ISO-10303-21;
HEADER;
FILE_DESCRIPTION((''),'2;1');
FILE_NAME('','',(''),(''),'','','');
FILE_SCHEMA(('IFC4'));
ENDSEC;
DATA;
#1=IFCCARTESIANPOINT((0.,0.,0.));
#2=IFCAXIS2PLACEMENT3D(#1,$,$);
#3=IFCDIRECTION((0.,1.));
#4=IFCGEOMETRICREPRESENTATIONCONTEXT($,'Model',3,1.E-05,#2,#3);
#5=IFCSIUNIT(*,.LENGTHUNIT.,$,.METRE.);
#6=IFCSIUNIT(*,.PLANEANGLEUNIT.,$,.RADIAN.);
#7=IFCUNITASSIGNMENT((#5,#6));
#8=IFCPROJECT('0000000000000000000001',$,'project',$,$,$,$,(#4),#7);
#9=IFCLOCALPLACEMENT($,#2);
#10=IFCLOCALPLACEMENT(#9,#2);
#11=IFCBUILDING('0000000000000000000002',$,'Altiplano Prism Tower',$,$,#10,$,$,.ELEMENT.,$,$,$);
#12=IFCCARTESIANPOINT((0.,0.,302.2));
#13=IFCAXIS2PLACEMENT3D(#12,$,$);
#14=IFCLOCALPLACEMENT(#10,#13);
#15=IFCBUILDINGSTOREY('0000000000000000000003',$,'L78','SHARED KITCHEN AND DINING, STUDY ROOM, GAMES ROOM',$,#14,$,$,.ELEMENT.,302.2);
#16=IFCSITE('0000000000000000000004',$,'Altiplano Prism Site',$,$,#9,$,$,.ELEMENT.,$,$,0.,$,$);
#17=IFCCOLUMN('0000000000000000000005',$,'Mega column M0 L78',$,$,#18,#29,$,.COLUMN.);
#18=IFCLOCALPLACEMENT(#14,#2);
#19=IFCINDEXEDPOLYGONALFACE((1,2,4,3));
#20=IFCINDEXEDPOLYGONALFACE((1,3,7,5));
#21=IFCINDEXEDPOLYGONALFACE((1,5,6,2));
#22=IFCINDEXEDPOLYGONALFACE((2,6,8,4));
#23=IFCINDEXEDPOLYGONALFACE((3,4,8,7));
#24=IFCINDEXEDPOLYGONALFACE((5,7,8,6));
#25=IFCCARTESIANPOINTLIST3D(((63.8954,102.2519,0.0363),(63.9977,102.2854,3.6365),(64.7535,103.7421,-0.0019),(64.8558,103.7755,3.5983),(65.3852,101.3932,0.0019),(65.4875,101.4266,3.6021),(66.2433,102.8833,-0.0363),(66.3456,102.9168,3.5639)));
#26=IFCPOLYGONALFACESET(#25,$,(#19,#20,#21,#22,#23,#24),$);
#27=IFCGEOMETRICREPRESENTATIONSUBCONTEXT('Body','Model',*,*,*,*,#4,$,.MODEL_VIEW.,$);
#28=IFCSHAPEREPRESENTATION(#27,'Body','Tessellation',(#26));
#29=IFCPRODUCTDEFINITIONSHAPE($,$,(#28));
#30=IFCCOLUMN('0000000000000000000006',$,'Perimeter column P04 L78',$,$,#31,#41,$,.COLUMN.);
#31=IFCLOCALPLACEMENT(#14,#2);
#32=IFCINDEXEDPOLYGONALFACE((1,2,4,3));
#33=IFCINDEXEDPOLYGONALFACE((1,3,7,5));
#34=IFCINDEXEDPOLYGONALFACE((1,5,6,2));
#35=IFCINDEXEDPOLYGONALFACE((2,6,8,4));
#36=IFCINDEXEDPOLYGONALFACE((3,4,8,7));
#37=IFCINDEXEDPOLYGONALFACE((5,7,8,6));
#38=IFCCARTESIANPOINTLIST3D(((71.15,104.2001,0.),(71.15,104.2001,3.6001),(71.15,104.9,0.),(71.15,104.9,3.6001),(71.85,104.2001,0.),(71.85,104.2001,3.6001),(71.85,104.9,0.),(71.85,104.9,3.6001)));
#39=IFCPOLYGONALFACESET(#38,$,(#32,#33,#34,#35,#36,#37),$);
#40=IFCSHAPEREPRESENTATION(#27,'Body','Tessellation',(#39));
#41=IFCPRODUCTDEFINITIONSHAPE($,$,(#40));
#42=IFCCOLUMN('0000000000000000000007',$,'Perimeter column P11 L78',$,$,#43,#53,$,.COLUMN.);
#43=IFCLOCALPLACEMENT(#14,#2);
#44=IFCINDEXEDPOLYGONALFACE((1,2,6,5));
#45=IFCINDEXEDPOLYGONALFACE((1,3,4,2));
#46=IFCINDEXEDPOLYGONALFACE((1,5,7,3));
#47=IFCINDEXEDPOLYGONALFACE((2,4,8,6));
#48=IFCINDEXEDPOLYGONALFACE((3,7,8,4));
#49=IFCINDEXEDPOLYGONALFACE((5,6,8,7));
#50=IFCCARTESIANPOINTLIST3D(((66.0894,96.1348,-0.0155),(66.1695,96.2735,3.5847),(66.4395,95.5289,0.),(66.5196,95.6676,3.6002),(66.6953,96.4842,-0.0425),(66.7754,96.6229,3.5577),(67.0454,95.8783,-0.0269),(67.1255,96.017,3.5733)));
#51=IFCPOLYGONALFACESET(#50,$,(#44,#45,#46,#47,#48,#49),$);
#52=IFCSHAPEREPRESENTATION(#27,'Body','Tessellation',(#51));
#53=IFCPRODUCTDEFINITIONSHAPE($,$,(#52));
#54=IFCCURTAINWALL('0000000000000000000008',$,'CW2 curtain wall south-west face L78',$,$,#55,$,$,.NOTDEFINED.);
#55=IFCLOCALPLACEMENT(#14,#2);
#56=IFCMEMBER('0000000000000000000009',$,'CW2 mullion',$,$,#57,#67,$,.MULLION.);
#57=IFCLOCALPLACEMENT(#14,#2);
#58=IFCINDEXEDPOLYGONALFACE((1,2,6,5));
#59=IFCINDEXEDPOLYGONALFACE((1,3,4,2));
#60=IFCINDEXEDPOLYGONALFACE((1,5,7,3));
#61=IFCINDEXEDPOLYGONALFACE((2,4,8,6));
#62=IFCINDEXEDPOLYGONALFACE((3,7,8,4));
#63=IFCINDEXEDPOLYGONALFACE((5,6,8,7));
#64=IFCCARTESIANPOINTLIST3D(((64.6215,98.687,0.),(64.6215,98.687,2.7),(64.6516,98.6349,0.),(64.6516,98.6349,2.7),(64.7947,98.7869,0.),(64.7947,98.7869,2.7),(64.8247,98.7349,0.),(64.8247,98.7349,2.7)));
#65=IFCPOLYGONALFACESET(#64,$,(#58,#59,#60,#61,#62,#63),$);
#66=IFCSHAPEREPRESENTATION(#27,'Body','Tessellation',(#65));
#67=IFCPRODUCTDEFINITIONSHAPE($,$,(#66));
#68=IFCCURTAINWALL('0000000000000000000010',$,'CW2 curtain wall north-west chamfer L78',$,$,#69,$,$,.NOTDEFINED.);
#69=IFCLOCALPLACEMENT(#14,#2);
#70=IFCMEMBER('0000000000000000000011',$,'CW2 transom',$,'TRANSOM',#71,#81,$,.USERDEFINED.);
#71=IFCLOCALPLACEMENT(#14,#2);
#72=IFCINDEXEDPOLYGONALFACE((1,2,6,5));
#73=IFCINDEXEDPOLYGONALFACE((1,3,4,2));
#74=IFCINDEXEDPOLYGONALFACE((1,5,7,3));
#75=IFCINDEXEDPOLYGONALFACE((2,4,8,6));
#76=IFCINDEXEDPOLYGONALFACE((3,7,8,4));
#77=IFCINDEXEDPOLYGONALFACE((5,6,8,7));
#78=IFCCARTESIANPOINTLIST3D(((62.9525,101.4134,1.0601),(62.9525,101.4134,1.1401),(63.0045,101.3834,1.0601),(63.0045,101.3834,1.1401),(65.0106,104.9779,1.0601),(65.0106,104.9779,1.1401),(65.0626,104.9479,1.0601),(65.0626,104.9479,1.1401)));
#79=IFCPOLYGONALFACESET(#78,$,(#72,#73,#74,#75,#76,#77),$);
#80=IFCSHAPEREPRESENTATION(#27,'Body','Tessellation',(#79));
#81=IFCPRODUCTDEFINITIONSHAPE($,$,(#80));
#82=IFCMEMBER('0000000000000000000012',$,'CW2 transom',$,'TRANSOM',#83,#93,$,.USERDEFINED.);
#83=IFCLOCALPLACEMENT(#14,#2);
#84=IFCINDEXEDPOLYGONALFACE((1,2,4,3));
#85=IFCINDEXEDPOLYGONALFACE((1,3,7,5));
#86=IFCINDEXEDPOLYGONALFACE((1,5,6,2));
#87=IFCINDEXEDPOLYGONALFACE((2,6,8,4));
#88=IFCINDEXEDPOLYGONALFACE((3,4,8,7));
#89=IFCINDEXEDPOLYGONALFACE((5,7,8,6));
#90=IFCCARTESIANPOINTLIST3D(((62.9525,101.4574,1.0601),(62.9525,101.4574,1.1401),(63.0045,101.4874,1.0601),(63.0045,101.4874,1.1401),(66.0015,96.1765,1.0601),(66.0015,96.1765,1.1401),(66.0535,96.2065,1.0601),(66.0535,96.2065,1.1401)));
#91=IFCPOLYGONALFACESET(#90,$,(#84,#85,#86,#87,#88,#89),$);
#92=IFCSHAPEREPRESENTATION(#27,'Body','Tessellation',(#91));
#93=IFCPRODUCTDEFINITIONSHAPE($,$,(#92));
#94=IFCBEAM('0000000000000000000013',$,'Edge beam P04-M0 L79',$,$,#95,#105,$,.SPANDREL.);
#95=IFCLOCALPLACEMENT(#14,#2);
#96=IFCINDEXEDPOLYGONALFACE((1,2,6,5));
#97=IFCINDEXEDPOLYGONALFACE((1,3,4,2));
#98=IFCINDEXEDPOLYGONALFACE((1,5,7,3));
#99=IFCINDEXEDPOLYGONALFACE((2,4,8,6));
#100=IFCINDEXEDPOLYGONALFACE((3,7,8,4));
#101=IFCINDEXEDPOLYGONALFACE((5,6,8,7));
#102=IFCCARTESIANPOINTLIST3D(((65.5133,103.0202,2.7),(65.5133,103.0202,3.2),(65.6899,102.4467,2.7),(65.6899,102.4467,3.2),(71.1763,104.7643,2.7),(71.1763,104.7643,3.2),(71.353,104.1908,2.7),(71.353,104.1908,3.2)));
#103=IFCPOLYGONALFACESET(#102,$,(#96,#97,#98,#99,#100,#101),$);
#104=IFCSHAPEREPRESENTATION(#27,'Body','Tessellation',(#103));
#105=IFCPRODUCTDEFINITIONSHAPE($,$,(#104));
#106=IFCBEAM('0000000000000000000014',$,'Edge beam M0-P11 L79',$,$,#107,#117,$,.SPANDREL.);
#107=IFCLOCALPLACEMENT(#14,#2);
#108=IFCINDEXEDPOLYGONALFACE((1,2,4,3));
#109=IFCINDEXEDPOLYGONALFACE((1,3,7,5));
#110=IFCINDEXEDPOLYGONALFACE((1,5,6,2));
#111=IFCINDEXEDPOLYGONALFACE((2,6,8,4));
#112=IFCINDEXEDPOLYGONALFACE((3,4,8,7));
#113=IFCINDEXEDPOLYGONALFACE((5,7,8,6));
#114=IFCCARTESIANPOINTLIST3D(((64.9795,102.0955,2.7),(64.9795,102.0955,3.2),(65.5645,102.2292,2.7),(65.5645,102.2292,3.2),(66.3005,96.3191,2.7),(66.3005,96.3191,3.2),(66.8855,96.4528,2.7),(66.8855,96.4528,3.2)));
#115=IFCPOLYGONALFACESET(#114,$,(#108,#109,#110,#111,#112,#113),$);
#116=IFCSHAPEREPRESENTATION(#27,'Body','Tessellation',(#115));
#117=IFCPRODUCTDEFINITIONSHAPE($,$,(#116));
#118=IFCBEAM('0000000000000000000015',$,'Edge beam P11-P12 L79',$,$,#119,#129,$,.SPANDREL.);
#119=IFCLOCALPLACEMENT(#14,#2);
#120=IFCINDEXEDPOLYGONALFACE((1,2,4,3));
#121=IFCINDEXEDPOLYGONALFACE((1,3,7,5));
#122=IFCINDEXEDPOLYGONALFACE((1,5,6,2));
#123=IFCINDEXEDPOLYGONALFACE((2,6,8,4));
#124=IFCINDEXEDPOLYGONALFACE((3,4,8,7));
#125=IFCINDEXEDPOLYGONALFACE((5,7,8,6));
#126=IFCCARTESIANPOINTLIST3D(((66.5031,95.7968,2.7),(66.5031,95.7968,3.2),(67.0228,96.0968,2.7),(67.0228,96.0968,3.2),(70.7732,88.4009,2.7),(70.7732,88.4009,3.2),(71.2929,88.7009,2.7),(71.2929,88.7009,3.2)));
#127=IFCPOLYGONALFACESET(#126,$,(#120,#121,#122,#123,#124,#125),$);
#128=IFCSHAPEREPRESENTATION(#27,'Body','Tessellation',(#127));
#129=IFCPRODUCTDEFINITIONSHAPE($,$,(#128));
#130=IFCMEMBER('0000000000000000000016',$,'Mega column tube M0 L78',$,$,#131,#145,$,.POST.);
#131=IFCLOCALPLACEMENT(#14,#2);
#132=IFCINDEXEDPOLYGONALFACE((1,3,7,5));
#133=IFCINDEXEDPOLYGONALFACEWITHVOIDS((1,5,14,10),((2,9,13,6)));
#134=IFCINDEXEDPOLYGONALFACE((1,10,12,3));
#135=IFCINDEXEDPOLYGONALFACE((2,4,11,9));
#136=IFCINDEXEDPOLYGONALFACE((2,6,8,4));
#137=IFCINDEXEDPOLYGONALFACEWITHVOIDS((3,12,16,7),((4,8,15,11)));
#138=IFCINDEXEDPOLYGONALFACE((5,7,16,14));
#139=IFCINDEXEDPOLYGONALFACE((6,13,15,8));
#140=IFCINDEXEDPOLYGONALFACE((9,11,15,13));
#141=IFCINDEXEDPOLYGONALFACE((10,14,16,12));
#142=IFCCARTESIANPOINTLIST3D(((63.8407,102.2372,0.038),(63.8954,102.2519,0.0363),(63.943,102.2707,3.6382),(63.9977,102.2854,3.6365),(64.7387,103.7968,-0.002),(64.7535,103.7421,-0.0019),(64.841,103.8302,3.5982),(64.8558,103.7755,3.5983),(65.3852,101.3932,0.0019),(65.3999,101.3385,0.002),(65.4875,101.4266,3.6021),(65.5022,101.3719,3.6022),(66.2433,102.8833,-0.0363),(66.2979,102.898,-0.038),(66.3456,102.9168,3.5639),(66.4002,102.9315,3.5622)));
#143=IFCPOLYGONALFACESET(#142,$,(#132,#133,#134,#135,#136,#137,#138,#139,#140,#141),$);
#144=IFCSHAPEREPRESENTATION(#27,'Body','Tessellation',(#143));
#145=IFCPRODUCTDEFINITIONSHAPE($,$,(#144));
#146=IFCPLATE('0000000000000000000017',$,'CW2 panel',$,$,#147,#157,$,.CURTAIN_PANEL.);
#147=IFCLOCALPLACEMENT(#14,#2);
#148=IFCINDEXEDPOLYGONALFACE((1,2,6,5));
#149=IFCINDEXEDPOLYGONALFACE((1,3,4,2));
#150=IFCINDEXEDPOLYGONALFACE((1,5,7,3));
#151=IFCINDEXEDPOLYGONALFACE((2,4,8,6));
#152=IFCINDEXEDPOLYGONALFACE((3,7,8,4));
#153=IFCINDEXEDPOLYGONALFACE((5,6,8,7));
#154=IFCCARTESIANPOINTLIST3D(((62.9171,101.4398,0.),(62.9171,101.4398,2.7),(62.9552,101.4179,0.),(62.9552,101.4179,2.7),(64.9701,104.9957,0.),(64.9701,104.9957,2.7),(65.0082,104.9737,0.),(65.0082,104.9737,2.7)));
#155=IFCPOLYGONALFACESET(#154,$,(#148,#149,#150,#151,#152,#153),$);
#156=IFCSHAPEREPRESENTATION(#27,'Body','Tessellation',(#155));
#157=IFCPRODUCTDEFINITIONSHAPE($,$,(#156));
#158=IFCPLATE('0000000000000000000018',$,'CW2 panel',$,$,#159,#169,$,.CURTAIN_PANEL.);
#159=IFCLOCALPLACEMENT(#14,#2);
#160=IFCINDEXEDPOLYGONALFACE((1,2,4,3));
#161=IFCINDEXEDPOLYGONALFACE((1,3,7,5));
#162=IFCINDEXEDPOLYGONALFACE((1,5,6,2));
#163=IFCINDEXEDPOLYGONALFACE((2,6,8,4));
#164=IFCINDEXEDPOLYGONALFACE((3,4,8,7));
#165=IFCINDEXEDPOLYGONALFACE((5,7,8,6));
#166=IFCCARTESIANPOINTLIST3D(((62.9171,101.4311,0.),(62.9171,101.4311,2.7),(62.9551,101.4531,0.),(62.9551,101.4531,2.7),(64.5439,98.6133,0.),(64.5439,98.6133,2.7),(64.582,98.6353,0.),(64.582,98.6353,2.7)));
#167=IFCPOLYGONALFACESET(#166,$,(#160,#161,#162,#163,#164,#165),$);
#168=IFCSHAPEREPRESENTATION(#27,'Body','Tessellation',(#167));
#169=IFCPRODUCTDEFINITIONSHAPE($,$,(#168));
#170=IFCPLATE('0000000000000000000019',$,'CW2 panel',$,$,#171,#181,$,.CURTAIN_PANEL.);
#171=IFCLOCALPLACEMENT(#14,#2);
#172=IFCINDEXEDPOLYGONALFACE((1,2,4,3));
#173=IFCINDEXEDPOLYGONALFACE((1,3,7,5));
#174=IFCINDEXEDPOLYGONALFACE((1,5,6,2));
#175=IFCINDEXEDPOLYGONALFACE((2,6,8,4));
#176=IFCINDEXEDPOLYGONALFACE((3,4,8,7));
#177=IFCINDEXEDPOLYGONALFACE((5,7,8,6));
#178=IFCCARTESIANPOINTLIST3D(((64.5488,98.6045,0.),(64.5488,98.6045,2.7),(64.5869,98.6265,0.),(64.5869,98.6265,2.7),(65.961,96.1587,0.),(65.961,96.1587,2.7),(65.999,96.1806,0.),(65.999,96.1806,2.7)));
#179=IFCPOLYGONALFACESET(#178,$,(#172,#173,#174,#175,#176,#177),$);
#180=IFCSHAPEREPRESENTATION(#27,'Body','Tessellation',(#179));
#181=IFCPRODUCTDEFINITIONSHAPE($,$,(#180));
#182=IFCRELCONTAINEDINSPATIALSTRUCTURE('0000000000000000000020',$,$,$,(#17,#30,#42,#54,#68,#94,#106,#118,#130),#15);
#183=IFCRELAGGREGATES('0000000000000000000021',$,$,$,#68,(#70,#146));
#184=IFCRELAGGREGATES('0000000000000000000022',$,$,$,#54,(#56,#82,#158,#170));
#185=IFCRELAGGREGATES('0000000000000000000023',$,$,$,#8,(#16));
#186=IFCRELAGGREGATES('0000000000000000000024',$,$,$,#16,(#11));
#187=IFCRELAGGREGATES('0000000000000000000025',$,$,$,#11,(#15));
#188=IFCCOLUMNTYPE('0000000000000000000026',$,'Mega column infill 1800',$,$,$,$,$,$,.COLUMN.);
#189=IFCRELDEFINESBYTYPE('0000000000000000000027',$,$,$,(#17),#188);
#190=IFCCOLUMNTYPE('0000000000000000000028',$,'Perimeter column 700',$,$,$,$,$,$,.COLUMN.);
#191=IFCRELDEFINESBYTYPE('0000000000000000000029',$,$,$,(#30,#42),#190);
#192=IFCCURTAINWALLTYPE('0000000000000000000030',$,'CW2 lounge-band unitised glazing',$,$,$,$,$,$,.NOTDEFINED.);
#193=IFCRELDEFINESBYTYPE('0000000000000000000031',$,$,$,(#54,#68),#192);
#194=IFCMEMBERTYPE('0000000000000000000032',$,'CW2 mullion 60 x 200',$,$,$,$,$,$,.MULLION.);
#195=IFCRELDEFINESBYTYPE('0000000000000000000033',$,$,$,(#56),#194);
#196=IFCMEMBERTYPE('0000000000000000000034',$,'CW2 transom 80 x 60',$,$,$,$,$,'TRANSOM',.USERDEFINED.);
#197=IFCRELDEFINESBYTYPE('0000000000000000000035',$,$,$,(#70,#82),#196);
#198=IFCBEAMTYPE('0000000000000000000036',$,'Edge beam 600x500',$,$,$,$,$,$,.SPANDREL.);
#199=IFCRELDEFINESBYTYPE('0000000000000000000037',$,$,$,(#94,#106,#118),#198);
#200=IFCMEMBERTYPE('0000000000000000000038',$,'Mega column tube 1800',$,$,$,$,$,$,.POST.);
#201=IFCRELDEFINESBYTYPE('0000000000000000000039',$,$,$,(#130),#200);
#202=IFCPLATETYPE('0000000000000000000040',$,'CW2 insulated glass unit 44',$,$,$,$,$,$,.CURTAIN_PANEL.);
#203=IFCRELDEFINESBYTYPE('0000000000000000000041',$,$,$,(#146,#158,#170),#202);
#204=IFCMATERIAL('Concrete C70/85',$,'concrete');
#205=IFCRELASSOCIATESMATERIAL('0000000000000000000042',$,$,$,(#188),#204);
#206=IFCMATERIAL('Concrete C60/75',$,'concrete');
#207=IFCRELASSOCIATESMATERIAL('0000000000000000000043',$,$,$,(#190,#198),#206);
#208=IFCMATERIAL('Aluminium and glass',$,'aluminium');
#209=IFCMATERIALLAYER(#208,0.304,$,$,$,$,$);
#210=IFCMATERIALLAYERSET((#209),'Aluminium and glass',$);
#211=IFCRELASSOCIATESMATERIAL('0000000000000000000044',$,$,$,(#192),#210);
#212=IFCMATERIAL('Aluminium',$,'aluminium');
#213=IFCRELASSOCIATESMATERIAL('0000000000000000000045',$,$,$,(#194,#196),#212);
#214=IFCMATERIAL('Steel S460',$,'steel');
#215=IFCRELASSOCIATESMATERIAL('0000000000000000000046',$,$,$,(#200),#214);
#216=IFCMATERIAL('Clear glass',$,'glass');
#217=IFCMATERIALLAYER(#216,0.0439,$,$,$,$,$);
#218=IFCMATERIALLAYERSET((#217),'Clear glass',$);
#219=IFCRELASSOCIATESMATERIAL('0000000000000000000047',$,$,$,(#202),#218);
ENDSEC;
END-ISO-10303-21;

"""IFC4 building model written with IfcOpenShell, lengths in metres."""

from ifc_helpers import new_model, si_unit, direction, frame, origin, origin_2d, place, context, subcontext, project, spatial, rectangle, hollow_rectangle, extrude, material, layer, layer_set, material_profile, profile_set, type_object, element, aggregate, save


model = new_model("IFC4")

# Units and contexts
model_context = context("Model", 3, precision=1e-05, world=origin(), true_north=direction((0.0, 1.0)))
body_context = subcontext(model_context, "Body", "Model", "MODEL_VIEW")
ifc_project = project(units=[si_unit("LENGTHUNIT", "METRE"), si_unit("PLANEANGLEUNIT", "RADIAN")], contexts=[model_context])

# Site, building, storey
site_placement = place(None, origin())
site = spatial("IfcSite", under=ifc_project, at=site_placement, Name="Altiplano Prism Site", CompositionType="ELEMENT", RefElevation=0.0)
building_placement = place(site_placement, origin())
building = spatial("IfcBuilding", under=site, at=building_placement, Name="Altiplano Prism Tower", CompositionType="ELEMENT")
storey_placement = place(building_placement, frame((0.0, 0.0, 302.2)))
storey = spatial("IfcBuildingStorey", under=building, at=storey_placement, Name="L78", Description="SHARED KITCHEN AND DINING, STUDY ROOM, GAMES ROOM", CompositionType="ELEMENT", Elevation=302.2)

# Columns
ifc_material_1 = material(Name="Concrete C70/85", Category="concrete")
ifc_material_profile_1 = material_profile(ifc_material_1, rectangle(XDim=1.72, YDim=1.72, at=origin_2d()), Name="Mega column infill 1800")
ifc_profile_set_1 = profile_set([ifc_material_profile_1], Name="Concrete C70/85")
column_type_1 = type_object("IfcColumnType", Name="Mega column infill 1800", PredefinedType="COLUMN", material=ifc_profile_set_1)
column_1_placement = place(storey_placement, frame((65.0693, 102.5676, 0.0), z_axis=(0.028402, 0.009287, 0.999553), x_axis=(-0.8662, 0.499297, 0.019974)))
element("IfcColumn", 1, at=column_1_placement, inside=storey, type_object=column_type_1, Name="Mega column M0 L78", PredefinedType="COLUMN", context=body_context, shape_type="SweptSolid", body=[
    extrude(rectangle(XDim=1.72, YDim=1.72, at=origin_2d()), origin(), (0.0, 0.0, 1.0), 3.6018),
])
ifc_material_2 = material(Name="Concrete C60/75", Category="concrete")
ifc_material_profile_2 = material_profile(ifc_material_2, rectangle(XDim=0.7, YDim=0.7, at=origin_2d()), Name="Perimeter column 700")
ifc_profile_set_2 = profile_set([ifc_material_profile_2], Name="Concrete C60/75")
column_type_2 = type_object("IfcColumnType", Name="Perimeter column 700", PredefinedType="COLUMN", material=ifc_profile_set_2)
column_2_placement = place(storey_placement, frame((71.5, 104.55, 0.0), z_axis=(0.0, 0.0, 1.0), x_axis=(1.0, 0.0, 0.0)))
element("IfcColumn", 2, at=column_2_placement, inside=storey, type_object=column_type_2, Name="Perimeter column P04 L78", PredefinedType="COLUMN", context=body_context, shape_type="SweptSolid", body=[
    extrude(rectangle(XDim=0.7, YDim=0.7, at=origin_2d()), origin(), (0.0, 0.0, 1.0), 3.6001),
])
column_3_placement = place(storey_placement, frame((66.5674, 96.0066, -0.0212), z_axis=(0.022221, 0.038481, 0.999012), x_axis=(-0.865642, -0.499182, 0.038483)))
element("IfcColumn", 3, at=column_3_placement, inside=storey, type_object=column_type_2, Name="Perimeter column P11 L78", PredefinedType="COLUMN", context=body_context, shape_type="SweptSolid", body=[
    extrude(rectangle(XDim=0.7, YDim=0.7, at=origin_2d()), origin(), (0.0, 0.0, 1.0), 3.6038),
])

# Curtain walls, members
ifc_material_3 = material(Name="Aluminium and glass", Category="aluminium")
ifc_layer_1 = layer(ifc_material_3, 0.304)
ifc_layer_set_1 = layer_set([ifc_layer_1], Name="Aluminium and glass")
curtain_wall_type = type_object("IfcCurtainWallType", Name="CW2 lounge-band unitised glazing", PredefinedType="NOTDEFINED", material=ifc_layer_set_1)
curtain_wall_1_placement = place(storey_placement, origin())
curtain_wall_1 = element("IfcCurtainWall", 4, at=curtain_wall_1_placement, inside=storey, type_object=curtain_wall_type, Name="CW2 curtain wall south-west face L78", PredefinedType="NOTDEFINED")
ifc_material_4 = material(Name="Aluminium", Category="aluminium")
ifc_material_profile_3 = material_profile(ifc_material_4, rectangle(XDim=0.2, YDim=0.0601, at=origin_2d()), Name="CW2 mullion 60 x 200")
ifc_profile_set_3 = profile_set([ifc_material_profile_3], Name="Aluminium")
member_type_1 = type_object("IfcMemberType", Name="CW2 mullion 60 x 200", PredefinedType="MULLION", material=ifc_profile_set_3)
member_1_placement = place(storey_placement, frame((64.7231, 98.7109, 0.0), z_axis=(0.0, 0.0, 1.0), x_axis=(0.866025, 0.5, 0.0)))
member_1 = element("IfcMember", 5, at=member_1_placement, type_object=member_type_1, Name="CW2 mullion", PredefinedType="MULLION", context=body_context, shape_type="SweptSolid", body=[
    extrude(rectangle(XDim=0.2, YDim=0.0601, at=origin_2d()), origin(), (0.0, 0.0, 1.0), 2.7),
])
curtain_wall_2_placement = place(storey_placement, origin())
curtain_wall_2 = element("IfcCurtainWall", 6, at=curtain_wall_2_placement, inside=storey, type_object=curtain_wall_type, Name="CW2 curtain wall north-west chamfer L78", PredefinedType="NOTDEFINED")
ifc_material_profile_4 = material_profile(ifc_material_4, rectangle(XDim=0.0601, YDim=0.0801, at=origin_2d()), Name="CW2 transom 80 x 60")
ifc_profile_set_4 = profile_set([ifc_material_profile_4], Name="Aluminium")
member_type_2 = type_object("IfcMemberType", Name="CW2 transom 80 x 60", ElementType="TRANSOM", PredefinedType="USERDEFINED", material=ifc_profile_set_4)
member_2_placement = place(storey_placement, frame((65.0366, 104.9629, 1.1001), z_axis=(-0.500031, -0.866008, 0.0), x_axis=(0.866008, -0.500031, 0.0)))
member_2 = element("IfcMember", 7, at=member_2_placement, type_object=member_type_2, Name="CW2 transom", ObjectType="TRANSOM", PredefinedType="USERDEFINED", context=body_context, shape_type="SweptSolid", body=[
    extrude(rectangle(XDim=0.0601, YDim=0.0801, at=origin_2d()), origin(), (0.0, 0.0, 1.0), 4.116),
])

# Member
member_3_placement = place(storey_placement, frame((62.9785, 101.4724, 1.1001), z_axis=(0.50001, -0.86602, 0.0), x_axis=(0.86602, 0.50001, 0.0)))
member_3 = element("IfcMember", 8, at=member_3_placement, type_object=member_type_2, Name="CW2 transom", ObjectType="TRANSOM", PredefinedType="USERDEFINED", context=body_context, shape_type="SweptSolid", body=[
    extrude(rectangle(XDim=0.0601, YDim=0.0801, at=origin_2d()), origin(), (0.0, 0.0, 1.0), 6.0979),
])

# Beams
ifc_material_profile_5 = material_profile(ifc_material_2, rectangle(XDim=0.6001, YDim=0.5, at=origin_2d()), Name="Edge beam 600x500")
ifc_profile_set_5 = profile_set([ifc_material_profile_5], Name="Concrete C60/75")
beam_type = type_object("IfcBeamType", Name="Edge beam 600x500", PredefinedType="SPANDREL", material=ifc_profile_set_5)
for number, where, z_axis, x_axis, name in (
    (9, (71.2646, 104.4775, 2.95), (-0.955701, -0.294341, 0.0), (0.294341, -0.955701, 0.0), "Edge beam P04-M0 L79"),
    (10, (65.272, 102.1624, 2.95), (0.222942, -0.974832, 0.0), (0.974832, 0.222942, 0.0), "Edge beam M0-P11 L79"),
):
    element("IfcBeam", number, at=place(storey_placement, frame(where, z_axis=z_axis, x_axis=x_axis)), inside=storey, type_object=beam_type, Name=name, PredefinedType="SPANDREL", context=body_context, shape_type="SweptSolid", body=[
        extrude(rectangle(XDim=0.6001, YDim=0.5, at=origin_2d()), origin(), (0.0, 0.0, 1.0), 5.9255),
    ])
beam_placement = place(storey_placement, frame((66.7629, 95.9468, 2.95), z_axis=(0.500007, -0.866021, 0.0), x_axis=(0.866021, 0.500007, 0.0)))
element("IfcBeam", 11, at=beam_placement, inside=storey, type_object=beam_type, Name="Edge beam P11-P12 L79", PredefinedType="SPANDREL", context=body_context, shape_type="SweptSolid", body=[
    extrude(rectangle(XDim=0.6001, YDim=0.5, at=origin_2d()), origin(), (0.0, 0.0, 1.0), 8.54),
])

# Member
ifc_material_5 = material(Name="Steel S460", Category="steel")
ifc_material_profile_6 = material_profile(ifc_material_5, hollow_rectangle(XDim=1.8, YDim=1.8, WallThickness=0.04, at=origin_2d()), Name="Mega column tube 1800")
ifc_profile_set_6 = profile_set([ifc_material_profile_6], Name="Steel S460")
member_type_3 = type_object("IfcMemberType", Name="Mega column tube 1800", PredefinedType="POST", material=ifc_profile_set_6)
member_4_placement = place(storey_placement, frame((65.0693, 102.5676, 0.0), z_axis=(0.028402, 0.009287, 0.999553), x_axis=(-0.8662, 0.499297, 0.019974)))
element("IfcMember", 12, at=member_4_placement, inside=storey, type_object=member_type_3, Name="Mega column tube M0 L78", PredefinedType="POST", context=body_context, shape_type="SweptSolid", body=[
    extrude(hollow_rectangle(XDim=1.8, YDim=1.8, WallThickness=0.04, at=origin_2d()), origin(), (0.0, 0.0, 1.0), 3.6018),
])

# Plates
ifc_material_6 = material(Name="Clear glass", Category="glass")
ifc_layer_2 = layer(ifc_material_6, 0.0439)
ifc_layer_set_2 = layer_set([ifc_layer_2], Name="Clear glass")
plate_type = type_object("IfcPlateType", Name="CW2 insulated glass unit 44", PredefinedType="CURTAIN_PANEL", material=ifc_layer_set_2)
plate_1_placement = place(storey_placement, frame((63.9626, 103.2068, 0.0), z_axis=(0.0, 0.0, 1.0), x_axis=(-0.5, -0.866025, 0.0)))
plate_1 = element("IfcPlate", 13, at=plate_1_placement, type_object=plate_type, Name="CW2 panel", PredefinedType="CURTAIN_PANEL", context=body_context, shape_type="SweptSolid", body=[
    extrude(rectangle(XDim=4.106, YDim=0.0439, at=origin_2d()), origin(), (0.0, 0.0, 1.0), 2.7),
])
aggregate(curtain_wall_2, [member_2, plate_1])
plate_2_placement = place(storey_placement, frame((63.7495, 100.0332, 0.0), z_axis=(0.0, 0.0, 1.0), x_axis=(0.5, -0.866025, 0.0)))
plate_2 = element("IfcPlate", 14, at=plate_2_placement, type_object=plate_type, Name="CW2 panel", PredefinedType="CURTAIN_PANEL", context=body_context, shape_type="SweptSolid", body=[
    extrude(rectangle(XDim=3.2537, YDim=0.0439, at=origin_2d()), origin(), (0.0, 0.0, 1.0), 2.7),
])
plate_3_placement = place(storey_placement, frame((65.2739, 97.3926, 0.0), z_axis=(0.0, 0.0, 1.0), x_axis=(0.5, -0.866025, 0.0)))
plate_3 = element("IfcPlate", 15, at=plate_3_placement, type_object=plate_type, Name="CW2 panel", PredefinedType="CURTAIN_PANEL", context=body_context, shape_type="SweptSolid", body=[
    extrude(rectangle(XDim=2.8242, YDim=0.0439, at=origin_2d()), origin(), (0.0, 0.0, 1.0), 2.7),
])
aggregate(curtain_wall_1, [member_1, member_3, plate_2, plate_3])

save(model, "model.ifc")
